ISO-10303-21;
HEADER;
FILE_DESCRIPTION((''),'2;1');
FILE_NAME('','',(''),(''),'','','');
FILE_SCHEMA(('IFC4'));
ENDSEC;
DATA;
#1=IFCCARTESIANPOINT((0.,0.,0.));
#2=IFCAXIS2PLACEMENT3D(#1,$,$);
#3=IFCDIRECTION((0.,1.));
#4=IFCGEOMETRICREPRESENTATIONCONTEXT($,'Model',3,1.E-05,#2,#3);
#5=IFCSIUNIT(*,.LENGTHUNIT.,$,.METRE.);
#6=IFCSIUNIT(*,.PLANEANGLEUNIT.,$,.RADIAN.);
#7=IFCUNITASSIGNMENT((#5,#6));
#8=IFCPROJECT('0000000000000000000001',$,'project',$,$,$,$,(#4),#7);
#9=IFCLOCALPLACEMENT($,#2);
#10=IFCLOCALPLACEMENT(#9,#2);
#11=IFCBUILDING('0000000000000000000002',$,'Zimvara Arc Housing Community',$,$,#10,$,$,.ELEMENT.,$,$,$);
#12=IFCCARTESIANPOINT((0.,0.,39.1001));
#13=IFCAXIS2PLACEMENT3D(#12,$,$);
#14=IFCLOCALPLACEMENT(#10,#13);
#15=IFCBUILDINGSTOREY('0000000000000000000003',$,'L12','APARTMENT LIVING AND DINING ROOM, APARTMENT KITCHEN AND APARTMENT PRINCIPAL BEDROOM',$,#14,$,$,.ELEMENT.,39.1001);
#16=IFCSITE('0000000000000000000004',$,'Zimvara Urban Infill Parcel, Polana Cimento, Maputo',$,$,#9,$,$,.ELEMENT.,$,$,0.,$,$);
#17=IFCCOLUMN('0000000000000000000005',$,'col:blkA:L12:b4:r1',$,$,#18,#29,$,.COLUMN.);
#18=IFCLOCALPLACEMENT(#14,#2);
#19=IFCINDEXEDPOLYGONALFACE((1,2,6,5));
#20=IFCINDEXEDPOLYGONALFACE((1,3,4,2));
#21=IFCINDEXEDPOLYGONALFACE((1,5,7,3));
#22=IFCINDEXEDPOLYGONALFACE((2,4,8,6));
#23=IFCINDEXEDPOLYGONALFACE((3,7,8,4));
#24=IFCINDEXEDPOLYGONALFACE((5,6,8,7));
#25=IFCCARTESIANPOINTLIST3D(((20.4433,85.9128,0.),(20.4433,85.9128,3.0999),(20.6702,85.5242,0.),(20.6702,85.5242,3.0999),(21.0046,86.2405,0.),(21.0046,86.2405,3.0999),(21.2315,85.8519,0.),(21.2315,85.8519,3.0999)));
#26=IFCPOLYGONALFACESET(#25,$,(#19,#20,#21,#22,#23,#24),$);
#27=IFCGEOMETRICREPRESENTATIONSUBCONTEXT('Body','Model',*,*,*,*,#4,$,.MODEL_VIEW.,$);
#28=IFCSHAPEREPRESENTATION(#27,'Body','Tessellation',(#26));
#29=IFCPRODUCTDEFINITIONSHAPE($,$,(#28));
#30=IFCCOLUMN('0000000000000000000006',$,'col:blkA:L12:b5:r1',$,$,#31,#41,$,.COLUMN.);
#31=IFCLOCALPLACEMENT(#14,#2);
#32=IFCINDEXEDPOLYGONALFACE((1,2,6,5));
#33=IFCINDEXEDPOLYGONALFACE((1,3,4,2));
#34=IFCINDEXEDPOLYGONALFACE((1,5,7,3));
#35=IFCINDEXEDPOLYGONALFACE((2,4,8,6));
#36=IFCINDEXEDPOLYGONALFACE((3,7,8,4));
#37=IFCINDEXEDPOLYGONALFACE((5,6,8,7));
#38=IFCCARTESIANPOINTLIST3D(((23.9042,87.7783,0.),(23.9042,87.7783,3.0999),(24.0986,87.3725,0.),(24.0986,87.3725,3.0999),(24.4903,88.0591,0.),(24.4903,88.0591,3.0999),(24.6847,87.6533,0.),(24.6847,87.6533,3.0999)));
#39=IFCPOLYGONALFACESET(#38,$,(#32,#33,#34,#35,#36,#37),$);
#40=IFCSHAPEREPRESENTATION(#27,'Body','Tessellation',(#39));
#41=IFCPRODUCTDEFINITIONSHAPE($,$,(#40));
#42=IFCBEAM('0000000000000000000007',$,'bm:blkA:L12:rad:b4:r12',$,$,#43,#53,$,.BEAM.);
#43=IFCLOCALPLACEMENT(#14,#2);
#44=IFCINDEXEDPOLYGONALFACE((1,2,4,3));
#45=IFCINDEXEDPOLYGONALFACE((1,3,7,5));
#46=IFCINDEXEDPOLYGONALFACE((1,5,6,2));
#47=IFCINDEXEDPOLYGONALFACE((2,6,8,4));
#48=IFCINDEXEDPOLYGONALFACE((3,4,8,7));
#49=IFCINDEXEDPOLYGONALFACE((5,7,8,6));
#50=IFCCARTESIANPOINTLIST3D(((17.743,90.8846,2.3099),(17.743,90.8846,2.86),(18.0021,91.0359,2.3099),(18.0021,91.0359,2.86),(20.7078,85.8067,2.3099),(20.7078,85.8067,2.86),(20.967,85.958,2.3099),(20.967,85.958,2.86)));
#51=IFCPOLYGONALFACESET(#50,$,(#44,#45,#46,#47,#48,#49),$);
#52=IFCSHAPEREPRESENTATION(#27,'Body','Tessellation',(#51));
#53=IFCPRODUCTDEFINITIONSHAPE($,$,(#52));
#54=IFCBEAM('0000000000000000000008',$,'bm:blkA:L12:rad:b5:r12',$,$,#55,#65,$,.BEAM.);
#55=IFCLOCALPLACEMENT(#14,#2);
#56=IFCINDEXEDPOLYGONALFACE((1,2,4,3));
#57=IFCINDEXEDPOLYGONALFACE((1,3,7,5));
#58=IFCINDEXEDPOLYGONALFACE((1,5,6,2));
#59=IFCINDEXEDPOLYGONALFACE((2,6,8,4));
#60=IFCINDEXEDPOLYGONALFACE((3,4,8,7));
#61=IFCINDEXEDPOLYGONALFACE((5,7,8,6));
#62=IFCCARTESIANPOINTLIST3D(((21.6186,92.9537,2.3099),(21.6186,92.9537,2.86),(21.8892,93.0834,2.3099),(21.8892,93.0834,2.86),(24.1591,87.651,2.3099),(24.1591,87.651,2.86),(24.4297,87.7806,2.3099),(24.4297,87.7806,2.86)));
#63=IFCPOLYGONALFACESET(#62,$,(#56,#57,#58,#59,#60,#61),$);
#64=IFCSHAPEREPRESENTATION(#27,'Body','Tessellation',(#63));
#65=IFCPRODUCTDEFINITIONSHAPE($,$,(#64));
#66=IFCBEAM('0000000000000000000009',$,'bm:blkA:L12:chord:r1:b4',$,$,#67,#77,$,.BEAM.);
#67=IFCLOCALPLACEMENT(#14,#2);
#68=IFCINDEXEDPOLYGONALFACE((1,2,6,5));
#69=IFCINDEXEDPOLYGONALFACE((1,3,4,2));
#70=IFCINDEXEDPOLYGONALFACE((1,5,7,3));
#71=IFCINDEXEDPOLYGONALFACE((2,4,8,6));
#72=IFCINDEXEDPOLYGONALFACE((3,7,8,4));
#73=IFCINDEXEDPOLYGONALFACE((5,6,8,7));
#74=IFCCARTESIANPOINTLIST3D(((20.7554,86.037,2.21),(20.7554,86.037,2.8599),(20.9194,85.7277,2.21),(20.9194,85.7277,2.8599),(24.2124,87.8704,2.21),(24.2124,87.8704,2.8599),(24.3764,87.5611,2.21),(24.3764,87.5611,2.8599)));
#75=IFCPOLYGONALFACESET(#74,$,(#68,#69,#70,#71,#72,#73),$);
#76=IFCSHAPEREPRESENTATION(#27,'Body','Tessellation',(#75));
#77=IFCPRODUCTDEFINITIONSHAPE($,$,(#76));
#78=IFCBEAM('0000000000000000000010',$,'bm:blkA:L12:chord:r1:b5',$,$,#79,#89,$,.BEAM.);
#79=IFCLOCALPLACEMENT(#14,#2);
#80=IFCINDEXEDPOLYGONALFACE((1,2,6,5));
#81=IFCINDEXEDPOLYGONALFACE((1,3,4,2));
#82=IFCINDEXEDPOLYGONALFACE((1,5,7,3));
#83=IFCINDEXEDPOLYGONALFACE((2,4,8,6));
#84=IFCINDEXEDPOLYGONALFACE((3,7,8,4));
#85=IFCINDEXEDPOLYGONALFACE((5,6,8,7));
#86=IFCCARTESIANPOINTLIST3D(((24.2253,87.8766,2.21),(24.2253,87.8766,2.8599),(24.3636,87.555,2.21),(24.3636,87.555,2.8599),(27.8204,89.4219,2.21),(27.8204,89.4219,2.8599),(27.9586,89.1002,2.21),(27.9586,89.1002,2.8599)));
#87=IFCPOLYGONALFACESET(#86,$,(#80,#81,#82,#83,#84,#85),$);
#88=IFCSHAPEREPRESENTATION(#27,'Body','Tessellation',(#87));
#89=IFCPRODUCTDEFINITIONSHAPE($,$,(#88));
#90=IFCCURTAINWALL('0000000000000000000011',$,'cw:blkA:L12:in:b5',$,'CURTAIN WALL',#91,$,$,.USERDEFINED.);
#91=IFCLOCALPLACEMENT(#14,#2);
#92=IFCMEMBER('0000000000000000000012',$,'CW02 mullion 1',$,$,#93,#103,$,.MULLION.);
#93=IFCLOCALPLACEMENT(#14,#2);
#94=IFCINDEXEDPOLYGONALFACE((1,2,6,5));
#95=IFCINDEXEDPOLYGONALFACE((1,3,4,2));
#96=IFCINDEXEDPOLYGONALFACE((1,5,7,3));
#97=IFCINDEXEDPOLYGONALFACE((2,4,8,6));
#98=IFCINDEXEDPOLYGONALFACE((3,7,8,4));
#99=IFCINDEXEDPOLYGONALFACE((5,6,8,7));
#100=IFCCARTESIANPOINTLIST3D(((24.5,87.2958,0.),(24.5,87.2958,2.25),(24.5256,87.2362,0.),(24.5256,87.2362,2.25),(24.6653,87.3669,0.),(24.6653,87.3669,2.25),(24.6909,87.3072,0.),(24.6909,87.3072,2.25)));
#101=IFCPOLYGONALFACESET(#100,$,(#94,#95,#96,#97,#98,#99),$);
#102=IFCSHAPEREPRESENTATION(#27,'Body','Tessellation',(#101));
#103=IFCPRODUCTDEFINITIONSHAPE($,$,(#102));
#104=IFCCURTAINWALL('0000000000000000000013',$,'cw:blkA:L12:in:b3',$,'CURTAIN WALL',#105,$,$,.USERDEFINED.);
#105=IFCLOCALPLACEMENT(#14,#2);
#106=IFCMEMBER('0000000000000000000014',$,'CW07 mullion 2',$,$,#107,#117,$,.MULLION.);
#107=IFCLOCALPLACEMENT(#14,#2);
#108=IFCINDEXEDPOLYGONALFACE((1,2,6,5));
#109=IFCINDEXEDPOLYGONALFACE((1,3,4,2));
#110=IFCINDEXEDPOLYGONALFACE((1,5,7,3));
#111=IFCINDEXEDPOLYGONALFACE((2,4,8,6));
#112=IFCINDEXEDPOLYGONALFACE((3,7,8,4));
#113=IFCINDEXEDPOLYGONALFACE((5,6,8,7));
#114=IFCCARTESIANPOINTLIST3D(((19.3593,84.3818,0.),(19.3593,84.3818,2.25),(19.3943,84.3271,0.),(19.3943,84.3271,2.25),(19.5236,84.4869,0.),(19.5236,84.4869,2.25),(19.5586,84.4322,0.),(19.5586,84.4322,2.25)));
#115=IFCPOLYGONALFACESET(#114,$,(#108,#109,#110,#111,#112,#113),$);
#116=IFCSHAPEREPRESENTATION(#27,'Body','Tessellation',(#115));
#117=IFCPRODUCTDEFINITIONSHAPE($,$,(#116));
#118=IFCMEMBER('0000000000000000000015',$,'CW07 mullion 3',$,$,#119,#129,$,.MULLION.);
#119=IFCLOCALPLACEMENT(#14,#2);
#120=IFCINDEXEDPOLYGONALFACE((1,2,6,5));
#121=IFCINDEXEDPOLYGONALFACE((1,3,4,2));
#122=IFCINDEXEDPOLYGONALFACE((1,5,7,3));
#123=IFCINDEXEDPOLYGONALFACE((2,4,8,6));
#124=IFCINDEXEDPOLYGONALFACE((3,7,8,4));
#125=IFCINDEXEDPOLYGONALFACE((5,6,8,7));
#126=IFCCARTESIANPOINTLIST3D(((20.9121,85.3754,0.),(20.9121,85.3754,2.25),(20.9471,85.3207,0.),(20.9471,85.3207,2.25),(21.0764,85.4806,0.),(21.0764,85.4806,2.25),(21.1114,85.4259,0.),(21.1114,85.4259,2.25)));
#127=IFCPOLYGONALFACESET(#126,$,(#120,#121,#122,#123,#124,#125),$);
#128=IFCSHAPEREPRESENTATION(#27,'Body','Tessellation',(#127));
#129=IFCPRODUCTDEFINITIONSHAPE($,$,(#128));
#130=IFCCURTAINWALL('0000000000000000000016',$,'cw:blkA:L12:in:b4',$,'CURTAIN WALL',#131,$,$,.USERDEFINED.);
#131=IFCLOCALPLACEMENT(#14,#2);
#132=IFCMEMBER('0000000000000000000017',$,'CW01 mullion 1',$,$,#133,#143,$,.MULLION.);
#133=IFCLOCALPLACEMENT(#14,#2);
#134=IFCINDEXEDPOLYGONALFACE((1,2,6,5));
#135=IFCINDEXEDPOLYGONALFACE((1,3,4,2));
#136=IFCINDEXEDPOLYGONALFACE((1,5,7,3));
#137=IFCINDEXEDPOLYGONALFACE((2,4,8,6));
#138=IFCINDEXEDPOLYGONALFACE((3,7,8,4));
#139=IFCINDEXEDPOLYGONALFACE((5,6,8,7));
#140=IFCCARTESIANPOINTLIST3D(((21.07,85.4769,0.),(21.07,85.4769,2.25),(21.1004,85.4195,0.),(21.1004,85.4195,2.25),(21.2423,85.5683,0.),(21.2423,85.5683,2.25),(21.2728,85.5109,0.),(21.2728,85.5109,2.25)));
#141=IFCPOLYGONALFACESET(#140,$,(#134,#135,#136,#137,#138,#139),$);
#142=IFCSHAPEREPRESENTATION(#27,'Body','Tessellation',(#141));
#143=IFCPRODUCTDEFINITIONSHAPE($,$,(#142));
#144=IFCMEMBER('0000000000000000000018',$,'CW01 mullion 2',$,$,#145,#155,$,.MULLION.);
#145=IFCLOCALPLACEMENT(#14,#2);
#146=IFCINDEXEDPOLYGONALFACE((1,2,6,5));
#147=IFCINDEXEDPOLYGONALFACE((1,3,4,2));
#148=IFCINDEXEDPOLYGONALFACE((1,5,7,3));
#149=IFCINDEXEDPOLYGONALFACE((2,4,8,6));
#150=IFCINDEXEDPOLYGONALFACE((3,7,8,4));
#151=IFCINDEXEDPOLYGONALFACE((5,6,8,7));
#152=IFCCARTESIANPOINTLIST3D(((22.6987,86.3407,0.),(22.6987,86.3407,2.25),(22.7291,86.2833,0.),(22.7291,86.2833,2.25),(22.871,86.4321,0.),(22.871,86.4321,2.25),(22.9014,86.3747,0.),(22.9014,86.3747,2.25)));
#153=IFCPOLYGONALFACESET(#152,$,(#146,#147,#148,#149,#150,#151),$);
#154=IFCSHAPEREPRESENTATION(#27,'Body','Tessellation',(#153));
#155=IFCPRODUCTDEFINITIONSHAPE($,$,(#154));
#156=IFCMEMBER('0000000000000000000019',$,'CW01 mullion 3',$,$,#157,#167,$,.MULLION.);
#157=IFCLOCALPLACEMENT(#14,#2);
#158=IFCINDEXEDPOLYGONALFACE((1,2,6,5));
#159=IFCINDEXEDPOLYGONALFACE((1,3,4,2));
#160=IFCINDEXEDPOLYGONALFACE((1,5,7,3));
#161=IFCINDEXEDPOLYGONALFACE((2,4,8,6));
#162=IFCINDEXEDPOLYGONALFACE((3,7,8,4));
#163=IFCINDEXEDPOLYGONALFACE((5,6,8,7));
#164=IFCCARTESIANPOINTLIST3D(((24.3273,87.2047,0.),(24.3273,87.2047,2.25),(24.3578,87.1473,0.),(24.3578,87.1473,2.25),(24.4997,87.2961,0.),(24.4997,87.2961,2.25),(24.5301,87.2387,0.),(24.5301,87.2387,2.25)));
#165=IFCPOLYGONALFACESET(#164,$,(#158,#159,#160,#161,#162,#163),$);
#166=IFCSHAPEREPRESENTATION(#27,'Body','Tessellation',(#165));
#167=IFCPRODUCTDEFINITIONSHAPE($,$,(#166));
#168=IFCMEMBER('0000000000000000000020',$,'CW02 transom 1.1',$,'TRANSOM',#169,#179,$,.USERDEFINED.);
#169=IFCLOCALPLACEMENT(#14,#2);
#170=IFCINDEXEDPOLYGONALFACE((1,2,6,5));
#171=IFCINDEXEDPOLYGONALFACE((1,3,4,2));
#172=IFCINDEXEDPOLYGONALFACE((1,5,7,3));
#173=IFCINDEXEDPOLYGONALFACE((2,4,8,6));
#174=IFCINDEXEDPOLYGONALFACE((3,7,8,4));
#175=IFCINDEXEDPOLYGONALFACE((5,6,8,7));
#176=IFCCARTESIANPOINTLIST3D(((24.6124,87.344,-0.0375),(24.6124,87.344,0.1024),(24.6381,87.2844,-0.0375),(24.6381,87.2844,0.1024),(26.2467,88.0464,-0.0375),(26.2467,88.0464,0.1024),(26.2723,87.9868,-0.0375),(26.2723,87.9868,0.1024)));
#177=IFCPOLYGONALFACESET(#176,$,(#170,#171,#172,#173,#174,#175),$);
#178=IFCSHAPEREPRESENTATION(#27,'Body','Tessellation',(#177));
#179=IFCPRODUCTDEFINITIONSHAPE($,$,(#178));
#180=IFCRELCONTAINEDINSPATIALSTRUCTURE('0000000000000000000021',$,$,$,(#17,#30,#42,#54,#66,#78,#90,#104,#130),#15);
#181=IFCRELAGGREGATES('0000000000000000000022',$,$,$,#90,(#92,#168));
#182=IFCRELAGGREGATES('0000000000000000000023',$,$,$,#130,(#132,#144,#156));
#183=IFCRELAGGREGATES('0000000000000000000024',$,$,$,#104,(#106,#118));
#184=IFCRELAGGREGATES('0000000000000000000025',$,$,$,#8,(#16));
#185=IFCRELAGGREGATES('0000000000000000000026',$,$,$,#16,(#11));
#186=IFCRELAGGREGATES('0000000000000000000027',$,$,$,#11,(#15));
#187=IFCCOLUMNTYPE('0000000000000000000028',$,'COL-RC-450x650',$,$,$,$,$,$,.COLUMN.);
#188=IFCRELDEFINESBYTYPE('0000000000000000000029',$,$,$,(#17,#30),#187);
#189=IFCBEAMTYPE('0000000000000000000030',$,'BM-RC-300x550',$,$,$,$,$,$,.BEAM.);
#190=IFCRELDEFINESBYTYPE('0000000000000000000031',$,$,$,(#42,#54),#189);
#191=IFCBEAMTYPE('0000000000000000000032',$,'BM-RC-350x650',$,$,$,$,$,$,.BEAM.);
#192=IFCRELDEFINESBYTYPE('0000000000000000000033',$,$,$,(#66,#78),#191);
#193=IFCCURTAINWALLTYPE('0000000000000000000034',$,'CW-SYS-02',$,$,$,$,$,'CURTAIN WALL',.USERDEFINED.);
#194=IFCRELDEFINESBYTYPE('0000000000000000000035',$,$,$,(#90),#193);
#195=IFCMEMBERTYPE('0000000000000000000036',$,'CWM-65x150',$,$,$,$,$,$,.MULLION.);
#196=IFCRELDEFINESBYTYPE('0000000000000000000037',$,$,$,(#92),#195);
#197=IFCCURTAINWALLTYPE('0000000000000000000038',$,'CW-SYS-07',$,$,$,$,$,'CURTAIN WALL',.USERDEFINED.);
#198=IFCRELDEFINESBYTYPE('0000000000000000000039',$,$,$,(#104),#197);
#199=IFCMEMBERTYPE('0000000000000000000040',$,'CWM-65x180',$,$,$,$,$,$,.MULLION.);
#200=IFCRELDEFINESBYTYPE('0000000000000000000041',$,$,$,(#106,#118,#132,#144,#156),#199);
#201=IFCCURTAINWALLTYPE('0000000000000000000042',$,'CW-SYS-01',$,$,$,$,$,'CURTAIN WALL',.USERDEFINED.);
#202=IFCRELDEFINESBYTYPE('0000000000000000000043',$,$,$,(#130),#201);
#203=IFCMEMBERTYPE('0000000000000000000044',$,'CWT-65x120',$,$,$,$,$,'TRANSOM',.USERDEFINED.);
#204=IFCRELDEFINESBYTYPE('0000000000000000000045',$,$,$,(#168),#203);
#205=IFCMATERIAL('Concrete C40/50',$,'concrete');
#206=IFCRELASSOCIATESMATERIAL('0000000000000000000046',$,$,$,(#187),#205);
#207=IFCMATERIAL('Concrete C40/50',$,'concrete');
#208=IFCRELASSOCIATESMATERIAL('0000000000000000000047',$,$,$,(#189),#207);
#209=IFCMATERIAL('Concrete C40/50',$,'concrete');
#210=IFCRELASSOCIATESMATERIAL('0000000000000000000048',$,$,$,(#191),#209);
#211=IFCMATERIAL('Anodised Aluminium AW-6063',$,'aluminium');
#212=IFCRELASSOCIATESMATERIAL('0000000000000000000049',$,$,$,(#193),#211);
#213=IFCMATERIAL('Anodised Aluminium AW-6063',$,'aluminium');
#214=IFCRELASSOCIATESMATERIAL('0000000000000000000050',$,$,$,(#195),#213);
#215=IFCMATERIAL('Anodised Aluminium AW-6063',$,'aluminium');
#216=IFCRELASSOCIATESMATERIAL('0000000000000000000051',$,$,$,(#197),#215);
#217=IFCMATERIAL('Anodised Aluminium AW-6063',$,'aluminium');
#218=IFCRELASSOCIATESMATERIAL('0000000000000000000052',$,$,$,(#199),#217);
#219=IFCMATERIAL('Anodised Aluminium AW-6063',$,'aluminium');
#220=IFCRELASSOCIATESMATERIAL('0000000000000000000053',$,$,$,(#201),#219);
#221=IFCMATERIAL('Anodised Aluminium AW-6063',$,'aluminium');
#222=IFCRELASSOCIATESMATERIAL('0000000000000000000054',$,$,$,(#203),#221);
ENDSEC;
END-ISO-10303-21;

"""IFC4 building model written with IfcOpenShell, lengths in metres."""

from ifc_helpers import new_model, si_unit, direction, frame, origin, origin_2d, place, context, subcontext, project, spatial, rectangle, extrude, material, material_profile, profile_set, type_object, element, aggregate, save


model = new_model("IFC4")

# Units and contexts
model_context = context("Model", 3, precision=1e-05, world=origin(), true_north=direction((0.0, 1.0)))
body_context = subcontext(model_context, "Body", "Model", "MODEL_VIEW")
ifc_project = project(units=[si_unit("LENGTHUNIT", "METRE"), si_unit("PLANEANGLEUNIT", "RADIAN")], contexts=[model_context])

# Site, building, storey
site_placement = place(None, origin())
site = spatial("IfcSite", under=ifc_project, at=site_placement, Name="Zimvara Urban Infill Parcel, Polana Cimento, Maputo", CompositionType="ELEMENT", RefElevation=0.0)
building_placement = place(site_placement, origin())
building = spatial("IfcBuilding", under=site, at=building_placement, Name="Zimvara Arc Housing Community", CompositionType="ELEMENT")
storey_placement = place(building_placement, frame((0.0, 0.0, 39.1001)))
storey = spatial("IfcBuildingStorey", under=building, at=storey_placement, Name="L12", Description="APARTMENT LIVING AND DINING ROOM, APARTMENT KITCHEN AND APARTMENT PRINCIPAL BEDROOM", CompositionType="ELEMENT", Elevation=39.1001)

# Columns
ifc_material_1 = material(Name="Concrete C40/50", Category="concrete")
ifc_material_profile_1 = material_profile(ifc_material_1, rectangle(XDim=0.45, YDim=0.6499, at=origin_2d()), Name="RC 450x650")
ifc_profile_set_1 = profile_set([ifc_material_profile_1], Name="Concrete C40/50")
column_type = type_object("IfcColumnType", Name="COL-RC-450x650", PredefinedType="COLUMN", material=ifc_profile_set_1)
for number, where, z_axis, x_axis, name in (
    (1, (20.8374, 85.8823, 0.0), (0.0, 0.0, 1.0), (-0.504226, 0.863572, 0.0), "col:blkA:L12:b4:r1"),
    (2, (24.2944, 87.7158, 0.0), (0.0, 0.0, 1.0), (-0.432086, 0.901833, 0.0), "col:blkA:L12:b5:r1"),
):
    element("IfcColumn", number, at=place(storey_placement, frame(where, z_axis=z_axis, x_axis=x_axis)), inside=storey, type_object=column_type, Name=name, PredefinedType="COLUMN", context=body_context, shape_type="SweptSolid", body=[
        extrude(rectangle(XDim=0.45, YDim=0.6499, at=origin_2d()), origin(), (0.0, 0.0, 1.0), 3.0999),
    ])

# Beams
ifc_material_2 = material(Name="Concrete C40/50", Category="concrete")
ifc_material_profile_2 = material_profile(ifc_material_2, rectangle(XDim=0.3, YDim=0.55, at=origin_2d()), Name="RC 300x550")
ifc_profile_set_2 = profile_set([ifc_material_profile_2], Name="Concrete C40/50")
beam_type_1 = type_object("IfcBeamType", Name="BM-RC-300x550", PredefinedType="BEAM", material=ifc_profile_set_2)
beam_1_placement = place(storey_placement, frame((20.8374, 85.8823, 2.585), z_axis=(-0.504219, 0.863576, 0.0), x_axis=(-0.863576, -0.504219, 0.0)))
element("IfcBeam", 3, at=beam_1_placement, inside=storey, type_object=beam_type_1, Name="bm:blkA:L12:rad:b4:r12", PredefinedType="BEAM", context=body_context, shape_type="SweptSolid", body=[
    extrude(rectangle(XDim=0.3, YDim=0.55, at=origin_2d()), origin(), (0.0, 0.0, 1.0), 5.8801),
])
beam_2_placement = place(storey_placement, frame((24.2944, 87.7158, 2.585), z_axis=(-0.43207, 0.90184, 0.0), x_axis=(-0.90184, -0.43207, 0.0)))
element("IfcBeam", 4, at=beam_2_placement, inside=storey, type_object=beam_type_1, Name="bm:blkA:L12:rad:b5:r12", PredefinedType="BEAM", context=body_context, shape_type="SweptSolid", body=[
    extrude(rectangle(XDim=0.3, YDim=0.55, at=origin_2d()), origin(), (0.0, 0.0, 1.0), 5.8799),
])
ifc_material_3 = material(Name="Concrete C40/50", Category="concrete")
ifc_material_profile_3 = material_profile(ifc_material_3, rectangle(XDim=0.3501, YDim=0.6499, at=origin_2d()), Name="RC 350x650")
ifc_profile_set_3 = profile_set([ifc_material_profile_3], Name="Concrete C40/50")
beam_type_2 = type_object("IfcBeamType", Name="BM-RC-350x650", PredefinedType="BEAM", material=ifc_profile_set_3)
for number, where, z_axis, x_axis, name in (
    (5, (20.8374, 85.8823, 2.5349), (0.883439, 0.468547, 0.0), (-0.468547, 0.883439, 0.0), "bm:blkA:L12:chord:r1:b4"),
    (6, (24.2944, 87.7158, 2.5349), (0.918731, 0.394883, 0.0), (-0.394883, 0.918731, 0.0), "bm:blkA:L12:chord:r1:b5"),
):
    element("IfcBeam", number, at=place(storey_placement, frame(where, z_axis=z_axis, x_axis=x_axis)), inside=storey, type_object=beam_type_2, Name=name, PredefinedType="BEAM", context=body_context, shape_type="SweptSolid", body=[
        extrude(rectangle(XDim=0.3501, YDim=0.6499, at=origin_2d()), origin(), (0.0, 0.0, 1.0), 3.9131),
    ])

# Curtain wall, member
ifc_material_4 = material(Name="Anodised Aluminium AW-6063", Category="aluminium")
curtain_wall_type_1 = type_object("IfcCurtainWallType", Name="CW-SYS-02", ElementType="CURTAIN WALL", PredefinedType="USERDEFINED", material=ifc_material_4)
curtain_wall_1_placement = place(storey_placement, origin())
curtain_wall_1 = element("IfcCurtainWall", 7, at=curtain_wall_1_placement, inside=storey, type_object=curtain_wall_type_1, Name="cw:blkA:L12:in:b5", ObjectType="CURTAIN WALL", PredefinedType="USERDEFINED")
ifc_material_5 = material(Name="Anodised Aluminium AW-6063", Category="aluminium")
ifc_material_profile_4 = material_profile(ifc_material_5, rectangle(XDim=0.0649, YDim=0.1799, at=origin_2d()), Name="ALU 65x180")
ifc_profile_set_4 = profile_set([ifc_material_profile_4], Name="Anodised Aluminium AW-6063")
member_type_1 = type_object("IfcMemberType", Name="CWM-65x150", PredefinedType="MULLION", material=ifc_profile_set_4)
member_1_placement = place(storey_placement, frame((24.5955, 87.3015, 0.0), z_axis=(0.0, 0.0, 1.0), x_axis=(-0.394904, 0.918722, 0.0)))
member_1 = element("IfcMember", 8, at=member_1_placement, type_object=member_type_1, Name="CW02 mullion 1", PredefinedType="MULLION", context=body_context, shape_type="SweptSolid", body=[
    extrude(rectangle(XDim=0.0649, YDim=0.1799, at=origin_2d()), origin(), (0.0, 0.0, 1.0), 2.25),
])

# Curtain walls, members
ifc_material_6 = material(Name="Anodised Aluminium AW-6063", Category="aluminium")
curtain_wall_type_2 = type_object("IfcCurtainWallType", Name="CW-SYS-07", ElementType="CURTAIN WALL", PredefinedType="USERDEFINED", material=ifc_material_6)
curtain_wall_2_placement = place(storey_placement, origin())
curtain_wall_2 = element("IfcCurtainWall", 9, at=curtain_wall_2_placement, inside=storey, type_object=curtain_wall_type_2, Name="cw:blkA:L12:in:b3", ObjectType="CURTAIN WALL", PredefinedType="USERDEFINED")
ifc_material_7 = material(Name="Anodised Aluminium AW-6063", Category="aluminium")
ifc_material_profile_5 = material_profile(ifc_material_7, rectangle(XDim=0.0649, YDim=0.1951, at=origin_2d()), Name="ALU 65x195")
ifc_profile_set_5 = profile_set([ifc_material_profile_5], Name="Anodised Aluminium AW-6063")
member_type_2 = type_object("IfcMemberType", Name="CWM-65x180", PredefinedType="MULLION", material=ifc_profile_set_5)
member_2_placement = place(storey_placement, frame((19.459, 84.407, 0.0), z_axis=(0.0, 0.0, 1.0), x_axis=(-0.539065, 0.842264, 0.0)))
member_2 = element("IfcMember", 10, at=member_2_placement, type_object=member_type_2, Name="CW07 mullion 2", PredefinedType="MULLION", context=body_context, shape_type="SweptSolid", body=[
    extrude(rectangle(XDim=0.0649, YDim=0.1951, at=origin_2d()), origin(), (0.0, 0.0, 1.0), 2.25),
])
member_3_placement = place(storey_placement, frame((21.0117, 85.4006, 0.0), z_axis=(0.0, 0.0, 1.0), x_axis=(-0.539065, 0.842264, 0.0)))
member_3 = element("IfcMember", 11, at=member_3_placement, type_object=member_type_2, Name="CW07 mullion 3", PredefinedType="MULLION", context=body_context, shape_type="SweptSolid", body=[
    extrude(rectangle(XDim=0.0649, YDim=0.1951, at=origin_2d()), origin(), (0.0, 0.0, 1.0), 2.25),
])
ifc_material_8 = material(Name="Anodised Aluminium AW-6063", Category="aluminium")
curtain_wall_type_3 = type_object("IfcCurtainWallType", Name="CW-SYS-01", ElementType="CURTAIN WALL", PredefinedType="USERDEFINED", material=ifc_material_8)
curtain_wall_3_placement = place(storey_placement, origin())
curtain_wall_3 = element("IfcCurtainWall", 12, at=curtain_wall_3_placement, inside=storey, type_object=curtain_wall_type_3, Name="cw:blkA:L12:in:b4", ObjectType="CURTAIN WALL", PredefinedType="USERDEFINED")
member_4_placement = place(storey_placement, frame((21.1714, 85.4939, 0.0), z_axis=(0.0, 0.0, 1.0), x_axis=(-0.468547, 0.883439, 0.0)))
member_4 = element("IfcMember", 13, at=member_4_placement, type_object=member_type_2, Name="CW01 mullion 1", PredefinedType="MULLION", context=body_context, shape_type="SweptSolid", body=[
    extrude(rectangle(XDim=0.0649, YDim=0.1951, at=origin_2d()), origin(), (0.0, 0.0, 1.0), 2.25),
])
member_5_placement = place(storey_placement, frame((22.8, 86.3577, 0.0), z_axis=(0.0, 0.0, 1.0), x_axis=(-0.468547, 0.883439, 0.0)))
member_5 = element("IfcMember", 14, at=member_5_placement, type_object=member_type_2, Name="CW01 mullion 2", PredefinedType="MULLION", context=body_context, shape_type="SweptSolid", body=[
    extrude(rectangle(XDim=0.0649, YDim=0.1951, at=origin_2d()), origin(), (0.0, 0.0, 1.0), 2.25),
])
member_6_placement = place(storey_placement, frame((24.4287, 87.2217, 0.0), z_axis=(0.0, 0.0, 1.0), x_axis=(-0.468547, 0.883439, 0.0)))
member_6 = element("IfcMember", 15, at=member_6_placement, type_object=member_type_2, Name="CW01 mullion 3", PredefinedType="MULLION", context=body_context, shape_type="SweptSolid", body=[
    extrude(rectangle(XDim=0.0649, YDim=0.1951, at=origin_2d()), origin(), (0.0, 0.0, 1.0), 2.25),
])

# Member
ifc_material_9 = material(Name="Anodised Aluminium AW-6063", Category="aluminium")
ifc_material_profile_6 = material_profile(ifc_material_9, rectangle(XDim=0.0649, YDim=0.1399, at=origin_2d()), Name="ALU 65x140")
ifc_profile_set_6 = profile_set([ifc_material_profile_6], Name="Anodised Aluminium AW-6063")
member_type_3 = type_object("IfcMemberType", Name="CWT-65x120", ElementType="TRANSOM", PredefinedType="USERDEFINED", material=ifc_profile_set_6)
member_7_placement = place(storey_placement, frame((24.6252, 87.3142, 0.0325), z_axis=(0.91874, 0.394863, 0.0), x_axis=(-0.394863, 0.91874, 0.0)))
member_7 = element("IfcMember", 16, at=member_7_placement, type_object=member_type_3, Name="CW02 transom 1.1", ObjectType="TRANSOM", PredefinedType="USERDEFINED", context=body_context, shape_type="SweptSolid", body=[
    extrude(rectangle(XDim=0.0649, YDim=0.1399, at=origin_2d()), origin(), (0.0, 0.0, 1.0), 1.7788),
])
aggregate(curtain_wall_1, [member_1, member_7])

aggregate(curtain_wall_3, [member_4, member_5, member_6])
aggregate(curtain_wall_2, [member_2, member_3])

save(model, "model.ifc")
